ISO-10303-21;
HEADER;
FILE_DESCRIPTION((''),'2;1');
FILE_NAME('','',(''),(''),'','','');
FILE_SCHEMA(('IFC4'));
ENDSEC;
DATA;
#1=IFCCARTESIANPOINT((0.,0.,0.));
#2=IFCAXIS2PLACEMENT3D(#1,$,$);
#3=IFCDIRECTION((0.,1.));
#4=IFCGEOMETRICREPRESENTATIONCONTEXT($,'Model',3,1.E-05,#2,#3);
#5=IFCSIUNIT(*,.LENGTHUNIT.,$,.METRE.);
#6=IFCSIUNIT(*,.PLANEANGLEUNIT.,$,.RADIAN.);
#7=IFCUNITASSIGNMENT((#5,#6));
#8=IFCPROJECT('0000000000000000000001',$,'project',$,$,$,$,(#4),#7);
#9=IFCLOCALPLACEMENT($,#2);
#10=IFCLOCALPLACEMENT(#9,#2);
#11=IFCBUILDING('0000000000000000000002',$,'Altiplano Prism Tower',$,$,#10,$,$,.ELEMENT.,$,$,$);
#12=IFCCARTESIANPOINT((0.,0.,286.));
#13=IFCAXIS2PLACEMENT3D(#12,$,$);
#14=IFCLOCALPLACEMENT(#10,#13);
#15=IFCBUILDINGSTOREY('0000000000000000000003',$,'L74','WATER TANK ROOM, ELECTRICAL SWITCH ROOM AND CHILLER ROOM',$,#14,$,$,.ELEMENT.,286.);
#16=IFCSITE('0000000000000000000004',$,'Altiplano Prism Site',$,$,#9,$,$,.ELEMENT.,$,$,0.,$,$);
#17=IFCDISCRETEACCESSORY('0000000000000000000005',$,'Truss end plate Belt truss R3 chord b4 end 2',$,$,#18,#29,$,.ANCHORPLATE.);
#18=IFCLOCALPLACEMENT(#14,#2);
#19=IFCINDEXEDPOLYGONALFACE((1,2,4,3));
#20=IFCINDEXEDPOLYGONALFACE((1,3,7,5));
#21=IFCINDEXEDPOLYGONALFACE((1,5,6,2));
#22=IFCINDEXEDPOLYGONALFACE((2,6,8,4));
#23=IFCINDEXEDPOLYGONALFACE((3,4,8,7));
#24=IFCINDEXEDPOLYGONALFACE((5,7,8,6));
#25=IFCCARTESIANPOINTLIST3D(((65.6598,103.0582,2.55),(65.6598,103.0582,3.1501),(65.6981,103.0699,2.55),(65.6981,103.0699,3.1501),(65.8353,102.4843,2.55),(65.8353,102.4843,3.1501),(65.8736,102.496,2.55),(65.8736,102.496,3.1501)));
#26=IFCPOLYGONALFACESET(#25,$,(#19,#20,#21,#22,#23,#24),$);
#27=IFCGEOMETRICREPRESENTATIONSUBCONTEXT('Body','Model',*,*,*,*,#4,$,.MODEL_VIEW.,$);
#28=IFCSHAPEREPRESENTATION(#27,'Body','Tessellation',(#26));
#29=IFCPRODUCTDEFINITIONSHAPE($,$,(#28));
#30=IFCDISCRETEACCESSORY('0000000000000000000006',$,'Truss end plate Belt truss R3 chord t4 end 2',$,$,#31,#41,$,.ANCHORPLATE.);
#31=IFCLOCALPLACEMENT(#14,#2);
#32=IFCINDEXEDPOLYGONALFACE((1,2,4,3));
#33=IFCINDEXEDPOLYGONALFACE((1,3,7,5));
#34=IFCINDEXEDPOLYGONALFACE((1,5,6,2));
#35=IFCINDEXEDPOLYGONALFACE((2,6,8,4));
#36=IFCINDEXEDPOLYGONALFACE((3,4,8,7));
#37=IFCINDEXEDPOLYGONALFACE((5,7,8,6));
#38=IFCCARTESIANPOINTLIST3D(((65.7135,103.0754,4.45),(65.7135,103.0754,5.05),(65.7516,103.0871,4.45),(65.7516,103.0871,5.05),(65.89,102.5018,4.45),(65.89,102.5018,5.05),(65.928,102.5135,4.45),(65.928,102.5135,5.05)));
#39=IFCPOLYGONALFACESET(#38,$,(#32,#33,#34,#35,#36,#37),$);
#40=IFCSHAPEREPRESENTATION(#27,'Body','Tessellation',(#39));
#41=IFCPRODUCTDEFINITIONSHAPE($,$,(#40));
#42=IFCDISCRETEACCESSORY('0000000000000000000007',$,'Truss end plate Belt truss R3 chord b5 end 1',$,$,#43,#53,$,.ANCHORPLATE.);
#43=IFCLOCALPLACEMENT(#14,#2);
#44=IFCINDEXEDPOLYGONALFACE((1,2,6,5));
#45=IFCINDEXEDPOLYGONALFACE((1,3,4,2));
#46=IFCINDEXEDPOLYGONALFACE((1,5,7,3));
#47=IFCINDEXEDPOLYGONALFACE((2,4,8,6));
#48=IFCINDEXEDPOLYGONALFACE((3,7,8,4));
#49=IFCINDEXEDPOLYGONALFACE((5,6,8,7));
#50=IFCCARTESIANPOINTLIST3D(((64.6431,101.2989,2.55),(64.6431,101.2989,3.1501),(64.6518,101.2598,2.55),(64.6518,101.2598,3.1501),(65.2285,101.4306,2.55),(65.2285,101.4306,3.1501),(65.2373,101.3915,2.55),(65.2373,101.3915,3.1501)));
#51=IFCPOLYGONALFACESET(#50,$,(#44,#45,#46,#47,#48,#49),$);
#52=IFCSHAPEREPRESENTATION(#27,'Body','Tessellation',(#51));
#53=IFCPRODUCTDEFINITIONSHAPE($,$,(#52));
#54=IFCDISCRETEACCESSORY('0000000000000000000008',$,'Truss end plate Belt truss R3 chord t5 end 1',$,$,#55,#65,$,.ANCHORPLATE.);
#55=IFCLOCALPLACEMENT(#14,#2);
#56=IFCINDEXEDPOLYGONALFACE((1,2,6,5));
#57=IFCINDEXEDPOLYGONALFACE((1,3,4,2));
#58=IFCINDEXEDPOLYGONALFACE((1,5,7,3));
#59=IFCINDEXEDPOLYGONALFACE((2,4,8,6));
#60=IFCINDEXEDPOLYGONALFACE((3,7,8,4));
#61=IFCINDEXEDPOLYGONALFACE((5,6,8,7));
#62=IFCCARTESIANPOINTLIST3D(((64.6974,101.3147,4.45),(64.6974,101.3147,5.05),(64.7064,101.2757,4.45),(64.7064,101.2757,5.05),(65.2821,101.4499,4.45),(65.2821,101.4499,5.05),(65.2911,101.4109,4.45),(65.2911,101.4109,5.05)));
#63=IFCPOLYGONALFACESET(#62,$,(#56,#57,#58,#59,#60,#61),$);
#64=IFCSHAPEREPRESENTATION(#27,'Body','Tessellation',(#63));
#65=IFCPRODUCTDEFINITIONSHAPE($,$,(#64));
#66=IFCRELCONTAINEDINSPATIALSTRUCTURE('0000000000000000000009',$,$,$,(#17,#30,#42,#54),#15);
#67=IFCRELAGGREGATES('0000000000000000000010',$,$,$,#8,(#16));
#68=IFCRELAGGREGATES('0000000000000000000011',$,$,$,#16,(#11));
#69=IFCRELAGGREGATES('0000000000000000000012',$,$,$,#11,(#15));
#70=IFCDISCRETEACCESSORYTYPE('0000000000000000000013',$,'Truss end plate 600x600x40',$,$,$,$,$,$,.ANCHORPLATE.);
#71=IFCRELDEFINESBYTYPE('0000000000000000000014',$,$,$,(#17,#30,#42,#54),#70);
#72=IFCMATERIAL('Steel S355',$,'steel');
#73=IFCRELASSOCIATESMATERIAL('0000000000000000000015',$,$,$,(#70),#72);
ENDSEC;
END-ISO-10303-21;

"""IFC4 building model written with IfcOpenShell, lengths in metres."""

from ifc_helpers import new_model, si_unit, direction, frame, origin, origin_2d, place, context, subcontext, project, spatial, rectangle, extrude, material, material_profile, profile_set, type_object, element, save


model = new_model("IFC4")

# Units and contexts
model_context = context("Model", 3, precision=1e-05, world=origin(), true_north=direction((0.0, 1.0)))
body_context = subcontext(model_context, "Body", "Model", "MODEL_VIEW")
ifc_project = project(units=[si_unit("LENGTHUNIT", "METRE"), si_unit("PLANEANGLEUNIT", "RADIAN")], contexts=[model_context])

# Site, building, storey
site_placement = place(None, origin())
site = spatial("IfcSite", under=ifc_project, at=site_placement, Name="Altiplano Prism Site", CompositionType="ELEMENT", RefElevation=0.0)
building_placement = place(site_placement, origin())
building = spatial("IfcBuilding", under=site, at=building_placement, Name="Altiplano Prism Tower", CompositionType="ELEMENT")
storey_placement = place(building_placement, frame((0.0, 0.0, 286.0)))
storey = spatial("IfcBuildingStorey", under=building, at=storey_placement, Name="L74", Description="WATER TANK ROOM, ELECTRICAL SWITCH ROOM AND CHILLER ROOM", CompositionType="ELEMENT", Elevation=286.0)

# Shared definitions
ifc_material_1 = material(Name="Steel S355", Category="steel")

# Discrete accessories
ifc_material_profile_1 = material_profile(ifc_material_1, rectangle(XDim=0.6001, YDim=0.6001, at=origin_2d()), Name="Truss end plate 600x600x40")
ifc_profile_set_1 = profile_set([ifc_material_profile_1], Name="Steel S355")
discrete_accessory_type = type_object("IfcDiscreteAccessoryType", Name="Truss end plate 600x600x40", PredefinedType="ANCHORPLATE", material=ifc_profile_set_1)
discrete_accessory_1_placement = place(storey_placement, frame((65.7476, 102.7712, 2.8501), z_axis=(0.956304, 0.292373, 0.0), x_axis=(-0.292373, 0.956304, 0.0)))
element("IfcDiscreteAccessory", 1, at=discrete_accessory_1_placement, inside=storey, type_object=discrete_accessory_type, Name="Truss end plate Belt truss R3 chord b4 end 2", PredefinedType="ANCHORPLATE", context=body_context, shape_type="SweptSolid", body=[
    extrude(rectangle(XDim=0.6001, YDim=0.6001, at=origin_2d()), origin(), (0.0, 0.0, 1.0), 0.04),
])
discrete_accessory_2_placement = place(storey_placement, frame((65.8018, 102.7886, 4.75), z_axis=(0.955779, 0.294086, 0.0), x_axis=(-0.294086, 0.955779, 0.0)))
element("IfcDiscreteAccessory", 2, at=discrete_accessory_2_placement, inside=storey, type_object=discrete_accessory_type, Name="Truss end plate Belt truss R3 chord t4 end 2", PredefinedType="ANCHORPLATE", context=body_context, shape_type="SweptSolid", body=[
    extrude(rectangle(XDim=0.6001, YDim=0.6001, at=origin_2d()), origin(), (0.0, 0.0, 1.0), 0.0398),
])
for number, where, z_axis, x_axis, name in (
    (3, (64.9358, 101.3647, 2.8501), (0.219512, -0.97561, 0.0), (0.97561, 0.219512, 0.0), "Truss end plate Belt truss R3 chord b5 end 1"),
    (4, (64.9897, 101.3823, 4.75), (0.225304, -0.974288, 0.0), (0.974288, 0.225304, 0.0), "Truss end plate Belt truss R3 chord t5 end 1"),
):
    element("IfcDiscreteAccessory", number, at=place(storey_placement, frame(where, z_axis=z_axis, x_axis=x_axis)), inside=storey, type_object=discrete_accessory_type, Name=name, PredefinedType="ANCHORPLATE", context=body_context, shape_type="SweptSolid", body=[
        extrude(rectangle(XDim=0.6001, YDim=0.6001, at=origin_2d()), origin(), (0.0, 0.0, 1.0), 0.04),
    ])

save(model, "model.ifc")
